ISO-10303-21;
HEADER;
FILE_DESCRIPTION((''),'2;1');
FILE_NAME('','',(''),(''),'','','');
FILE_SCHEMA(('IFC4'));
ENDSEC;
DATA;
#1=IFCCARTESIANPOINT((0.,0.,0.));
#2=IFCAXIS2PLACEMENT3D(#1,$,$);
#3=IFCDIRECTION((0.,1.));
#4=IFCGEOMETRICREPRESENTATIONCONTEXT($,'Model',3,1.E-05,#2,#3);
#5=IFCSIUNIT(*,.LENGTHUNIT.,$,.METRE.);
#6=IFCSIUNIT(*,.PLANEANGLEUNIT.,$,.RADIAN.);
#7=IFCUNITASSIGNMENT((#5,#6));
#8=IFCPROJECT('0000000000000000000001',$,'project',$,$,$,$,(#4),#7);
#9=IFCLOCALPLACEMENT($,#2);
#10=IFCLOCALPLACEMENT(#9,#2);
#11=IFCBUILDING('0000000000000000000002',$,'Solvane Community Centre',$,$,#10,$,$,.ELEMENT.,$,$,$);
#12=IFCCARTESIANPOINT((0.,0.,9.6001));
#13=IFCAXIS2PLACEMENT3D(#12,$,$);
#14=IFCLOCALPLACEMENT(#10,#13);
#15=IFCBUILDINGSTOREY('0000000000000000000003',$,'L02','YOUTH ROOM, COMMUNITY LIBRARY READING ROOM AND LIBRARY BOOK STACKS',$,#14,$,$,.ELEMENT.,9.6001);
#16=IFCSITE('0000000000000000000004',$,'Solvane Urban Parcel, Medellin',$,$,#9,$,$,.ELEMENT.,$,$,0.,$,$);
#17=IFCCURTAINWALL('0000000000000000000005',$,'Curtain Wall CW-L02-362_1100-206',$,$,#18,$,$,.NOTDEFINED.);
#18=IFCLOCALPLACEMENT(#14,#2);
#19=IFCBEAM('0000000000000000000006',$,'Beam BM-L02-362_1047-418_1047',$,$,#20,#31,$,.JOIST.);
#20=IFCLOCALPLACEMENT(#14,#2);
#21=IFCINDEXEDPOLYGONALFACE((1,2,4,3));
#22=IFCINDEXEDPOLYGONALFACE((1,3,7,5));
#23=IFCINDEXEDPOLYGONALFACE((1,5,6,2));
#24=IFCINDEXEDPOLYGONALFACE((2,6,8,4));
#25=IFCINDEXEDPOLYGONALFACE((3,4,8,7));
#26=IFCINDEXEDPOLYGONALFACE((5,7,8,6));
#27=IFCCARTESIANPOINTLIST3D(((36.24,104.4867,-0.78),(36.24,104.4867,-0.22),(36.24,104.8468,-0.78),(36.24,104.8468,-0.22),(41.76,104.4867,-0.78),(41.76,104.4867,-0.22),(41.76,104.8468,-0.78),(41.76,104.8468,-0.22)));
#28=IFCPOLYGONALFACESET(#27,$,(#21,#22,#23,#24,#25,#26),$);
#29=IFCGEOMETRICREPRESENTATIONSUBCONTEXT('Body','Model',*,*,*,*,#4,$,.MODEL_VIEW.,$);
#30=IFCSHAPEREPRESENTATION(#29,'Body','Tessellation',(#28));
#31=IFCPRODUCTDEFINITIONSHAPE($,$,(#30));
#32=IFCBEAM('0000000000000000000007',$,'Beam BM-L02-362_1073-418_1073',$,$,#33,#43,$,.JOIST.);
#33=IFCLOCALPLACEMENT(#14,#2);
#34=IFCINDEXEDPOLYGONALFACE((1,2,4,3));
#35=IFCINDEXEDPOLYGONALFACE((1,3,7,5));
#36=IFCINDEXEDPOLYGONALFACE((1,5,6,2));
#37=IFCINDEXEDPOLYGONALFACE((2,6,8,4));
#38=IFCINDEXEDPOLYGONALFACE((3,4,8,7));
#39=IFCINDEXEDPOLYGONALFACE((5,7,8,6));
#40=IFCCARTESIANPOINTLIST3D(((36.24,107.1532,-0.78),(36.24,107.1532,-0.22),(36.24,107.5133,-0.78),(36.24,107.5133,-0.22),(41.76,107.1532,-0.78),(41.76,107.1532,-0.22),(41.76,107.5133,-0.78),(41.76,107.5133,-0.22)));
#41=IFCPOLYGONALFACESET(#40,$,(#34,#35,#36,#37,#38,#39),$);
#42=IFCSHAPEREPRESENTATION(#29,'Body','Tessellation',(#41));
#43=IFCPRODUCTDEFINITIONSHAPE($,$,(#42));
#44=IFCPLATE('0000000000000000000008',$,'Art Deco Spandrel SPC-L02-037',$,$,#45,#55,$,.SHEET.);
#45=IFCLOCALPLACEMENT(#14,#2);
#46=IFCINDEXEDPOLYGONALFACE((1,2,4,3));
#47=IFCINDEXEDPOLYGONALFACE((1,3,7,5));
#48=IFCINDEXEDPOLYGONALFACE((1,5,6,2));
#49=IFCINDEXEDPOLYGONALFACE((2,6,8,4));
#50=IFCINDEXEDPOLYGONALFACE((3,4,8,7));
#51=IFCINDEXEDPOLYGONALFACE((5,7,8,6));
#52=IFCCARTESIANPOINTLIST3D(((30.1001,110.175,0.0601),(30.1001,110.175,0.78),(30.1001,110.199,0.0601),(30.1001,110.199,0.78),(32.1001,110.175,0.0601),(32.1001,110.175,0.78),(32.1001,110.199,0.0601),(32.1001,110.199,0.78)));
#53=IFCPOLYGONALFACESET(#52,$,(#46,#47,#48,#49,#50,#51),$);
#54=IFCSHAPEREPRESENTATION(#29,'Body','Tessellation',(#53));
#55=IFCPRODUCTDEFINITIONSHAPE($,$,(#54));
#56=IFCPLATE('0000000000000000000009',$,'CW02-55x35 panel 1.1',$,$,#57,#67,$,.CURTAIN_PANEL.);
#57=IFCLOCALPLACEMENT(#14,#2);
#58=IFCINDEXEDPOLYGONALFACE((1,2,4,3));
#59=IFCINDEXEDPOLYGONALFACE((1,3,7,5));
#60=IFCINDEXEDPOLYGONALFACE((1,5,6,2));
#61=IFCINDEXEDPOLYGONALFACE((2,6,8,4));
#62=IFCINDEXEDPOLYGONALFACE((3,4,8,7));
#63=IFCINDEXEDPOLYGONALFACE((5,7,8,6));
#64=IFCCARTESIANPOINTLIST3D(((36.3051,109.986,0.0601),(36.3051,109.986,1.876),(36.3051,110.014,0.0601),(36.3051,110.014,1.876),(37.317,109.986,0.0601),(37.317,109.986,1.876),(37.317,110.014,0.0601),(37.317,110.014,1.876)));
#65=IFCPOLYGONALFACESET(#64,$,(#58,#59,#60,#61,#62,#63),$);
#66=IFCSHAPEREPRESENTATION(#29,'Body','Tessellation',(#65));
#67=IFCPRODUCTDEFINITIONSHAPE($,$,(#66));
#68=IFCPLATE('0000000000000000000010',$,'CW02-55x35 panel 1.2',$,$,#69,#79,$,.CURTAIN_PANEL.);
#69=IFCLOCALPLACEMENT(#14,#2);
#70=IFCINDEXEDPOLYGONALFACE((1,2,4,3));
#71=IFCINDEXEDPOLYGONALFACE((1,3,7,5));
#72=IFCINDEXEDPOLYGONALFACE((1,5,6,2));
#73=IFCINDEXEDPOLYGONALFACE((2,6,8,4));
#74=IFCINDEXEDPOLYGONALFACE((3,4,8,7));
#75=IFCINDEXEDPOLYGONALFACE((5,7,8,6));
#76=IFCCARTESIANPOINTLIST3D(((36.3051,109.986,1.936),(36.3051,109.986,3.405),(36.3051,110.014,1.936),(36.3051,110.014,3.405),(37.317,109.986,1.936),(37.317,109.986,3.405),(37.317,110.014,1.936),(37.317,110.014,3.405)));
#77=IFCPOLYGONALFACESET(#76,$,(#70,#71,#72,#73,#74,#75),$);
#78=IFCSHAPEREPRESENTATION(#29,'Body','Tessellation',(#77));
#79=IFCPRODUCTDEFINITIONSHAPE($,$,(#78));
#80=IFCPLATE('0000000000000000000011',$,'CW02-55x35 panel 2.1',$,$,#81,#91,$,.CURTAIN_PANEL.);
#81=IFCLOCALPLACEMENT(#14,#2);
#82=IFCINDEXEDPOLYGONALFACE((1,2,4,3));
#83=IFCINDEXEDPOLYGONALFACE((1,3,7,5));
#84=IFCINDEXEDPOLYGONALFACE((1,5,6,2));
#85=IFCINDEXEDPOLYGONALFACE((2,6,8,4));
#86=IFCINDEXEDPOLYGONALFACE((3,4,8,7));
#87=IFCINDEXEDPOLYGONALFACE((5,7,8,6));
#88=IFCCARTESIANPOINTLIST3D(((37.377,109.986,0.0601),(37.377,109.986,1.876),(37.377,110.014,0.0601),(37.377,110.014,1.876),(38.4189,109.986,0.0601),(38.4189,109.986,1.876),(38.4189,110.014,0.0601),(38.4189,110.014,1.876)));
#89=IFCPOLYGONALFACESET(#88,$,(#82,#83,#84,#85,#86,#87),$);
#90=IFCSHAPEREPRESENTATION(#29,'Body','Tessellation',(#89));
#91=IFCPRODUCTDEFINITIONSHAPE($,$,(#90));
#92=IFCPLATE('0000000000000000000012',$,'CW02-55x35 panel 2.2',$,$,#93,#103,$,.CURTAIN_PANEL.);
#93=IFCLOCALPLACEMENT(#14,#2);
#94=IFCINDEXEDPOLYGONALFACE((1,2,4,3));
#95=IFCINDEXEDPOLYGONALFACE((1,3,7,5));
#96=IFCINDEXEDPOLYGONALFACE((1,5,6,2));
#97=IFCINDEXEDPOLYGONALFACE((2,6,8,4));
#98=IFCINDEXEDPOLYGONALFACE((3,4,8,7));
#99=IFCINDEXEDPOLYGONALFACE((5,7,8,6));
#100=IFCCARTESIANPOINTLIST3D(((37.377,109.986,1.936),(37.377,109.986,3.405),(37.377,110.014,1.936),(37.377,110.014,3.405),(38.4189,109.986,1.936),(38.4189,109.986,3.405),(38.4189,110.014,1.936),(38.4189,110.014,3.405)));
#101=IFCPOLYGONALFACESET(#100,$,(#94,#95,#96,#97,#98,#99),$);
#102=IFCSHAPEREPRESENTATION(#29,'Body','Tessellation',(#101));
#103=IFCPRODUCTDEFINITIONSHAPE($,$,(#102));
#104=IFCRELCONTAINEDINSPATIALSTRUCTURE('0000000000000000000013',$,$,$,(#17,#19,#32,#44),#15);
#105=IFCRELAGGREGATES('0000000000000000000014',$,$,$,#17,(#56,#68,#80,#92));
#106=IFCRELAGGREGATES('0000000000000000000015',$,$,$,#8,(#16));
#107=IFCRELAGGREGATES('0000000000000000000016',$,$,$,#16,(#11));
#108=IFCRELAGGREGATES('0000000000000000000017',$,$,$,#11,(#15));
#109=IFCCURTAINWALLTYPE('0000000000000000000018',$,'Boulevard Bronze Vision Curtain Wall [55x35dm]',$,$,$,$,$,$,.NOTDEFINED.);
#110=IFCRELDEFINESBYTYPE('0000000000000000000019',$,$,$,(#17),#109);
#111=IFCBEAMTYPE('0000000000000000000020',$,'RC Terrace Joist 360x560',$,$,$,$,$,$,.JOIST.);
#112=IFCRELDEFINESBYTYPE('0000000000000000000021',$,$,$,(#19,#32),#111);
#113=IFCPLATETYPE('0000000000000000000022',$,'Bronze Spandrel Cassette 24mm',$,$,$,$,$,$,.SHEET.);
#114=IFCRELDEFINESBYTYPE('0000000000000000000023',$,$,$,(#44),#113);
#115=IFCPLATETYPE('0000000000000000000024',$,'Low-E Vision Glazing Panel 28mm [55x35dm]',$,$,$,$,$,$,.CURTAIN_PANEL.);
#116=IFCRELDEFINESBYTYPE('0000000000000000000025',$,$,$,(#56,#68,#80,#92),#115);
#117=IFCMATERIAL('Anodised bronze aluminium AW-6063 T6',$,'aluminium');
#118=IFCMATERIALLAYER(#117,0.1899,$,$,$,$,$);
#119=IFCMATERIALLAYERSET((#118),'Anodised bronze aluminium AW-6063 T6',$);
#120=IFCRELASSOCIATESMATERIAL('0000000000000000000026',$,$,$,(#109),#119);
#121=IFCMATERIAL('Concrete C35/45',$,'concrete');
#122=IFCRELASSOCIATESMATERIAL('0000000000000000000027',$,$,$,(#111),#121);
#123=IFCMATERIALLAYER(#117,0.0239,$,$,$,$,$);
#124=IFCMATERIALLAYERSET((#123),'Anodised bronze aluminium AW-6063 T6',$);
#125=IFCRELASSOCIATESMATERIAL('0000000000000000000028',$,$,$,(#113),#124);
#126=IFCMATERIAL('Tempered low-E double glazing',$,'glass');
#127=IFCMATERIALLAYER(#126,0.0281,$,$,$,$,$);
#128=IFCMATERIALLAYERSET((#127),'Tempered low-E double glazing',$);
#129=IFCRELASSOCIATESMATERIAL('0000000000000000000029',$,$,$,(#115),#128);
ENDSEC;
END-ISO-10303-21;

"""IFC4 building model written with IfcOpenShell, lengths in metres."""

from ifc_helpers import new_model, si_unit, direction, frame, origin, origin_2d, place, context, subcontext, project, spatial, rectangle, extrude, material, layer, layer_set, material_profile, profile_set, type_object, element, aggregate, save


model = new_model("IFC4")

# Units and contexts
model_context = context("Model", 3, precision=1e-05, world=origin(), true_north=direction((0.0, 1.0)))
body_context = subcontext(model_context, "Body", "Model", "MODEL_VIEW")
ifc_project = project(units=[si_unit("LENGTHUNIT", "METRE"), si_unit("PLANEANGLEUNIT", "RADIAN")], contexts=[model_context])

# Site, building, storey
site_placement = place(None, origin())
site = spatial("IfcSite", under=ifc_project, at=site_placement, Name="Solvane Urban Parcel, Medellin", CompositionType="ELEMENT", RefElevation=0.0)
building_placement = place(site_placement, origin())
building = spatial("IfcBuilding", under=site, at=building_placement, Name="Solvane Community Centre", CompositionType="ELEMENT")
storey_placement = place(building_placement, frame((0.0, 0.0, 9.6001)))
storey = spatial("IfcBuildingStorey", under=building, at=storey_placement, Name="L02", Description="YOUTH ROOM, COMMUNITY LIBRARY READING ROOM AND LIBRARY BOOK STACKS", CompositionType="ELEMENT", Elevation=9.6001)

# Curtain wall
ifc_material_1 = material(Name="Anodised bronze aluminium AW-6063 T6", Category="aluminium")
ifc_layer_1 = layer(ifc_material_1, 0.1899)
ifc_layer_set_1 = layer_set([ifc_layer_1], Name="Anodised bronze aluminium AW-6063 T6")
curtain_wall_type = type_object("IfcCurtainWallType", Name="Boulevard Bronze Vision Curtain Wall [55x35dm]", PredefinedType="NOTDEFINED", material=ifc_layer_set_1)
curtain_wall_placement = place(storey_placement, origin())
curtain_wall = element("IfcCurtainWall", 1, at=curtain_wall_placement, inside=storey, type_object=curtain_wall_type, Name="Curtain Wall CW-L02-362_1100-206", PredefinedType="NOTDEFINED")

# Beams
ifc_material_2 = material(Name="Concrete C35/45", Category="concrete")
ifc_material_profile_1 = material_profile(ifc_material_2, rectangle(XDim=0.3601, YDim=0.5601, at=origin_2d()), Name="RC 360x560")
ifc_profile_set_1 = profile_set([ifc_material_profile_1], Name="Concrete C35/45")
beam_type_1 = type_object("IfcBeamType", Name="RC Terrace Joist 360x560", PredefinedType="JOIST", material=ifc_profile_set_1)
for number, where, z_axis, x_axis, name in (
    (2, (36.24, 104.6667, -0.5), (1.0, 0.0, 0.0), (0.0, 1.0, 0.0), "Beam BM-L02-362_1047-418_1047"),
    (3, (36.24, 107.3333, -0.5), (1.0, 0.0, 0.0), (0.0, 1.0, 0.0), "Beam BM-L02-362_1073-418_1073"),
):
    element("IfcBeam", number, at=place(storey_placement, frame(where, z_axis=z_axis, x_axis=x_axis)), inside=storey, type_object=beam_type_1, Name=name, PredefinedType="JOIST", context=body_context, shape_type="SweptSolid", body=[
        extrude(rectangle(XDim=0.3601, YDim=0.5601, at=origin_2d()), origin(), (0.0, 0.0, 1.0), 5.52),
    ])

# Plates
ifc_layer_2 = layer(ifc_material_1, 0.0239)
ifc_layer_set_2 = layer_set([ifc_layer_2], Name="Anodised bronze aluminium AW-6063 T6")
plate_type_1 = type_object("IfcPlateType", Name="Bronze Spandrel Cassette 24mm", PredefinedType="SHEET", material=ifc_layer_set_2)
plate_1_placement = place(storey_placement, frame((31.1001, 110.187, 0.0601), z_axis=(0.0, 0.0, 1.0), x_axis=(1.0, 0.0, 0.0)))
element("IfcPlate", 4, at=plate_1_placement, inside=storey, type_object=plate_type_1, Name="Art Deco Spandrel SPC-L02-037", PredefinedType="SHEET", context=body_context, shape_type="SweptSolid", body=[
    extrude(rectangle(XDim=2.0, YDim=0.0239, at=origin_2d()), origin(), (0.0, 0.0, 1.0), 0.72),
])
ifc_material_3 = material(Name="Tempered low-E double glazing", Category="glass")
ifc_layer_3 = layer(ifc_material_3, 0.0281)
ifc_layer_set_3 = layer_set([ifc_layer_3], Name="Tempered low-E double glazing")
plate_type_2 = type_object("IfcPlateType", Name="Low-E Vision Glazing Panel 28mm [55x35dm]", PredefinedType="CURTAIN_PANEL", material=ifc_layer_set_3)
plate_2_placement = place(storey_placement, frame((36.811, 110.0, 0.0601), z_axis=(0.0, 0.0, 1.0), x_axis=(1.0, 0.0, 0.0)))
plate_2 = element("IfcPlate", 5, at=plate_2_placement, type_object=plate_type_2, Name="CW02-55x35 panel 1.1", PredefinedType="CURTAIN_PANEL", context=body_context, shape_type="SweptSolid", body=[
    extrude(rectangle(XDim=1.012, YDim=0.0281, at=origin_2d()), origin(), (0.0, 0.0, 1.0), 1.8159),
])
plate_3_placement = place(storey_placement, frame((36.811, 110.0, 1.936), z_axis=(0.0, 0.0, 1.0), x_axis=(1.0, 0.0, 0.0)))
plate_3 = element("IfcPlate", 6, at=plate_3_placement, type_object=plate_type_2, Name="CW02-55x35 panel 1.2", PredefinedType="CURTAIN_PANEL", context=body_context, shape_type="SweptSolid", body=[
    extrude(rectangle(XDim=1.012, YDim=0.0281, at=origin_2d()), origin(), (0.0, 0.0, 1.0), 1.469),
])
plate_4_placement = place(storey_placement, frame((37.8979, 110.0, 0.0601), z_axis=(0.0, 0.0, 1.0), x_axis=(1.0, 0.0, 0.0)))
plate_4 = element("IfcPlate", 7, at=plate_4_placement, type_object=plate_type_2, Name="CW02-55x35 panel 2.1", PredefinedType="CURTAIN_PANEL", context=body_context, shape_type="SweptSolid", body=[
    extrude(rectangle(XDim=1.042, YDim=0.0281, at=origin_2d()), origin(), (0.0, 0.0, 1.0), 1.8159),
])
plate_5_placement = place(storey_placement, frame((37.8979, 110.0, 1.936), z_axis=(0.0, 0.0, 1.0), x_axis=(1.0, 0.0, 0.0)))
plate_5 = element("IfcPlate", 8, at=plate_5_placement, type_object=plate_type_2, Name="CW02-55x35 panel 2.2", PredefinedType="CURTAIN_PANEL", context=body_context, shape_type="SweptSolid", body=[
    extrude(rectangle(XDim=1.042, YDim=0.0281, at=origin_2d()), origin(), (0.0, 0.0, 1.0), 1.469),
])
aggregate(curtain_wall, [plate_2, plate_3, plate_4, plate_5])

save(model, "model.ifc")
